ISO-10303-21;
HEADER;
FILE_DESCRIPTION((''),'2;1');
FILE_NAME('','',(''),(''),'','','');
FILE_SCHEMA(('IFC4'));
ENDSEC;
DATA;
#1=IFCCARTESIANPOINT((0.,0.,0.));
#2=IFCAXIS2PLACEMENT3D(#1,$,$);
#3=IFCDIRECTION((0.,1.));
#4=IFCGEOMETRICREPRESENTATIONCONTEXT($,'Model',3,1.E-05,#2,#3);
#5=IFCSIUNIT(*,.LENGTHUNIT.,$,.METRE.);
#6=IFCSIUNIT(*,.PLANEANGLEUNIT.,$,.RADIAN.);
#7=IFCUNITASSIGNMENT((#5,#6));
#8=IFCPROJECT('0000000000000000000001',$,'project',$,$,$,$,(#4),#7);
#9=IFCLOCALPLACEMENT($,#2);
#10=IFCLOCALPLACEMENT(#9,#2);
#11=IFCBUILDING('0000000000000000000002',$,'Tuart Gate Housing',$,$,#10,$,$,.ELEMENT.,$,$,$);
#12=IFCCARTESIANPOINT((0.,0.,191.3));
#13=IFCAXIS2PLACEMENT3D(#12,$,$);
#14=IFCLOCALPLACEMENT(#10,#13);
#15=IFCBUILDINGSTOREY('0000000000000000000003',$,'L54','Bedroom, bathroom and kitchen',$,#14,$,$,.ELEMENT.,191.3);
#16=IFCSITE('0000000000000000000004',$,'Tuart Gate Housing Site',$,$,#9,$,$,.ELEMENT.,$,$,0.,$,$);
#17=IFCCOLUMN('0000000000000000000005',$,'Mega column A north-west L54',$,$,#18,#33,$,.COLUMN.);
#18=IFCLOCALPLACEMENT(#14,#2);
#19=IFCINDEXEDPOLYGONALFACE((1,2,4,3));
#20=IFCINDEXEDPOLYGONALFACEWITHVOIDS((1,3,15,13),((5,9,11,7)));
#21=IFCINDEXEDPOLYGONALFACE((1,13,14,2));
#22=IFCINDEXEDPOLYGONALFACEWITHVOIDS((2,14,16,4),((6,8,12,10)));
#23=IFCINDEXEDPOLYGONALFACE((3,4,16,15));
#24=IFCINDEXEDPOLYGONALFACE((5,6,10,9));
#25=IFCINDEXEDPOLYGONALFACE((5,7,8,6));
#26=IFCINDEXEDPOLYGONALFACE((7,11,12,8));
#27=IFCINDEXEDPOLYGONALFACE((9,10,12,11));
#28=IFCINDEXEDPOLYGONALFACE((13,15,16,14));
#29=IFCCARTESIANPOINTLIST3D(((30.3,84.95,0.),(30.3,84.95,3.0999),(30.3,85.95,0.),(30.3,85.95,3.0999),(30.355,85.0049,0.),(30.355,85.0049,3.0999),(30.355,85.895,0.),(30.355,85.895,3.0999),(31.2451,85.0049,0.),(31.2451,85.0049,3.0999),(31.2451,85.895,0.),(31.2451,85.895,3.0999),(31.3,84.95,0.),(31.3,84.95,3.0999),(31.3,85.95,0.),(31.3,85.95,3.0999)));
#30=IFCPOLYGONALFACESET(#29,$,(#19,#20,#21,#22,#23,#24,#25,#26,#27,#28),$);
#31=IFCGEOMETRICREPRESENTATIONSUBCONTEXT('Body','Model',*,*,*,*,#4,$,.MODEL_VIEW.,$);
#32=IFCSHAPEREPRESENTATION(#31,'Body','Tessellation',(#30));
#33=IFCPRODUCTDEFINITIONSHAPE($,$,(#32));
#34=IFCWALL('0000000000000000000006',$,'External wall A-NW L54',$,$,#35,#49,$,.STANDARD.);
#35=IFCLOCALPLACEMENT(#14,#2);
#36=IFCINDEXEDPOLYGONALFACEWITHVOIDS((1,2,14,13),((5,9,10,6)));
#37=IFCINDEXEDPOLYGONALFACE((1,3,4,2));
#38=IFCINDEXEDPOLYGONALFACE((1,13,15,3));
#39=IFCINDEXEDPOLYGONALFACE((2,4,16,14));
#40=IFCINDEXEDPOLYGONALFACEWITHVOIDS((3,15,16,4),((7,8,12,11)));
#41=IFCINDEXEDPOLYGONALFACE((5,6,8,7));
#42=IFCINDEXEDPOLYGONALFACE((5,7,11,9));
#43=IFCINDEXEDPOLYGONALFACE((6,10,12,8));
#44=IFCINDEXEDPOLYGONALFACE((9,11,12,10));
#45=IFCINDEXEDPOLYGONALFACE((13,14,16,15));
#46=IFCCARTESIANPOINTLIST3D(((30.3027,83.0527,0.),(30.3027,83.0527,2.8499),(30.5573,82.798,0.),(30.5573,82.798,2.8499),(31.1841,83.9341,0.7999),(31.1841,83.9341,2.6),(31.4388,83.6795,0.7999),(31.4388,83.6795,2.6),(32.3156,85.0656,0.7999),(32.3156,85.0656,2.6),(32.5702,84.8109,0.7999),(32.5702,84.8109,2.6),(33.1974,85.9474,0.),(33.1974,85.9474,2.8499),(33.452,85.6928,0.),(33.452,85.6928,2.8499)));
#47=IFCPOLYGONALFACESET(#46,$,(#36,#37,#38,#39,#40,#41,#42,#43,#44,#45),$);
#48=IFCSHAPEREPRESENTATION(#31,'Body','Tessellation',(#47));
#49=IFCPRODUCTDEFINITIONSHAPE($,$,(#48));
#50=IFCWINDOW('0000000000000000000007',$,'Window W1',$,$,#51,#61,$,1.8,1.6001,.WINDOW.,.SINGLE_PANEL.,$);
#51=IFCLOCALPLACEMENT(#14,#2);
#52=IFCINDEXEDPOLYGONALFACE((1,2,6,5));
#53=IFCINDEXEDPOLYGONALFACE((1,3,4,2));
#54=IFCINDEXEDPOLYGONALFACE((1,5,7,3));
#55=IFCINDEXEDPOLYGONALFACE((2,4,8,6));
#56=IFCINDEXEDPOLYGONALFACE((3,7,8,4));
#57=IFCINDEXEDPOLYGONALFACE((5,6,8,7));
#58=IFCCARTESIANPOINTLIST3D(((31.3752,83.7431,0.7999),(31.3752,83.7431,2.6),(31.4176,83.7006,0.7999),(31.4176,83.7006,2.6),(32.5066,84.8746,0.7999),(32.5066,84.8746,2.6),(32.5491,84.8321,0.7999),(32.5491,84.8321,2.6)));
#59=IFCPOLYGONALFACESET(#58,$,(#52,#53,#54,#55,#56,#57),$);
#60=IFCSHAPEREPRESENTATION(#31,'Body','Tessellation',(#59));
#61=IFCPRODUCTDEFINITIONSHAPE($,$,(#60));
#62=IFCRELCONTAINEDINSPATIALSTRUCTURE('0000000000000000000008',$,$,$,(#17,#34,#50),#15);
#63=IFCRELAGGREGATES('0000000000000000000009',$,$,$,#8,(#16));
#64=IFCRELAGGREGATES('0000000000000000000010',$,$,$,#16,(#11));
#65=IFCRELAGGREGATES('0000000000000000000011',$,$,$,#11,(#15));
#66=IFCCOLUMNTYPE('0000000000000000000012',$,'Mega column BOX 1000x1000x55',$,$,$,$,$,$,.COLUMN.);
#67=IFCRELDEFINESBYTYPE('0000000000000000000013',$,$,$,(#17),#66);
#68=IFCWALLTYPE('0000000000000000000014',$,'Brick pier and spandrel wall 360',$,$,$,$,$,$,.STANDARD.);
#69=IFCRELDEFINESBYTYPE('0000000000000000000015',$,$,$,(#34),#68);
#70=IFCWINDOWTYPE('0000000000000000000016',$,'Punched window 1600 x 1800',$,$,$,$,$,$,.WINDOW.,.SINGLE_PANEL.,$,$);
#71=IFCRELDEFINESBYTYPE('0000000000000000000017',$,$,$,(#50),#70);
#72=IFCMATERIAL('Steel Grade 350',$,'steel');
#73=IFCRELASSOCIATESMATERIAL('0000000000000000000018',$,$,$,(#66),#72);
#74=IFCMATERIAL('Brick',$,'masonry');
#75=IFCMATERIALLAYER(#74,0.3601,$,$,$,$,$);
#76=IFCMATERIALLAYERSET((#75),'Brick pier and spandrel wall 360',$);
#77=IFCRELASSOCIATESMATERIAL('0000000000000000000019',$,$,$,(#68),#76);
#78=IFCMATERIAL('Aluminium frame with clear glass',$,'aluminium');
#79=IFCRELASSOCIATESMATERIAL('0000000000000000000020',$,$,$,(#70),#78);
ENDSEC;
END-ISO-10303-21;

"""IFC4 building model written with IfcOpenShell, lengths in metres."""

from ifc_helpers import new_model, si_unit, direction, frame, frame_2d, origin, origin_2d, place, context, subcontext, project, spatial, rectangle, hollow_rectangle, extrude, material, layer, layer_set, material_profile, profile_set, type_object, element, fill, save


model = new_model("IFC4")

# Units and contexts
model_context = context("Model", 3, precision=1e-05, world=origin(), true_north=direction((0.0, 1.0)))
body_context = subcontext(model_context, "Body", "Model", "MODEL_VIEW")
ifc_project = project(units=[si_unit("LENGTHUNIT", "METRE"), si_unit("PLANEANGLEUNIT", "RADIAN")], contexts=[model_context])

# Site, building, storey
site_placement = place(None, origin())
site = spatial("IfcSite", under=ifc_project, at=site_placement, Name="Tuart Gate Housing Site", CompositionType="ELEMENT", RefElevation=0.0)
building_placement = place(site_placement, origin())
building = spatial("IfcBuilding", under=site, at=building_placement, Name="Tuart Gate Housing", CompositionType="ELEMENT")
storey_placement = place(building_placement, frame((0.0, 0.0, 191.3)))
storey = spatial("IfcBuildingStorey", under=building, at=storey_placement, Name="L54", Description="Bedroom, bathroom and kitchen", CompositionType="ELEMENT", Elevation=191.3)

# Column
ifc_material_1 = material(Name="Steel Grade 350", Category="steel")
ifc_material_profile = material_profile(ifc_material_1, hollow_rectangle(XDim=1.0, YDim=1.0, WallThickness=0.0549, at=origin_2d()), Name="BOX 1000x1000x55")
ifc_profile_set = profile_set([ifc_material_profile], Name="Steel Grade 350")
column_type = type_object("IfcColumnType", Name="Mega column BOX 1000x1000x55", PredefinedType="COLUMN", material=ifc_profile_set)
column_placement = place(storey_placement, frame((30.8, 85.45, 0.0), z_axis=(0.0, 0.0, 1.0), x_axis=(1.0, 0.0, 0.0)))
element("IfcColumn", 1, at=column_placement, inside=storey, type_object=column_type, Name="Mega column A north-west L54", PredefinedType="COLUMN", context=body_context, shape_type="SweptSolid", body=[
    extrude(hollow_rectangle(XDim=1.0, YDim=1.0, WallThickness=0.0549, at=origin_2d()), origin(), (0.0, 0.0, 1.0), 3.0999),
])

# Wall, opening, window
ifc_material_2 = material(Name="Brick", Category="masonry")
ifc_layer_1 = layer(ifc_material_2, 0.3601)
ifc_layer_set_1 = layer_set([ifc_layer_1], Name="Brick pier and spandrel wall 360")
wall_type_1 = type_object("IfcWallType", Name="Brick pier and spandrel wall 360", PredefinedType="STANDARD", material=ifc_layer_set_1)
wall_1_placement = place(storey_placement, frame((33.3247, 85.8201, 0.0), z_axis=(0.0, 0.0, 1.0), x_axis=(-0.707107, -0.707107, 0.0)))
wall_1 = element("IfcWall", 2, at=wall_1_placement, inside=storey, type_object=wall_type_1, Name="External wall A-NW L54", PredefinedType="STANDARD", context=body_context, shape_type="SweptSolid", body=[
    extrude(rectangle(XDim=4.0938, YDim=0.3601, at=frame_2d((2.0469, 0.0))), origin(), (0.0, 0.0, 1.0), 2.8499),
])
opening_1_placement = place(wall_1_placement, frame((1.2471, 0.0, 0.8)))
opening_1 = element("IfcOpeningElement", 3, at=opening_1_placement, cuts=wall_1, PredefinedType="OPENING", context=body_context, shape_type="SweptSolid", body=[
    extrude(rectangle(XDim=1.6001, YDim=1.8, at=frame_2d((0.8, 0.8999))), frame((0.0, 0.1899, 0.0), z_axis=(0.0, -1.0, 0.0), x_axis=(1.0, 0.0, 0.0)), (0.0, 0.0, 1.0), 0.3801),
])
ifc_material_3 = material(Name="Aluminium frame with clear glass", Category="aluminium")
window_type = type_object("IfcWindowType", Name="Punched window 1600 x 1800", PartitioningType="SINGLE_PANEL", PredefinedType="WINDOW", material=ifc_material_3)
window_1_placement = place(opening_1_placement, origin())
window_1 = element("IfcWindow", 4, at=window_1_placement, inside=storey, type_object=window_type, Name="Window W1", OverallHeight=1.8, OverallWidth=1.6001, PartitioningType="SINGLE_PANEL", PredefinedType="WINDOW", context=body_context, shape_type="SweptSolid", body=[
    extrude(rectangle(XDim=1.6001, YDim=1.8, at=frame_2d((0.8, 0.8999))), frame((0.0, 0.1501, 0.0), z_axis=(0.0, -1.0, 0.0), x_axis=(1.0, 0.0, 0.0)), (0.0, 0.0, 1.0), 0.0601),
])
fill(opening_1, window_1)

save(model, "model.ifc")
